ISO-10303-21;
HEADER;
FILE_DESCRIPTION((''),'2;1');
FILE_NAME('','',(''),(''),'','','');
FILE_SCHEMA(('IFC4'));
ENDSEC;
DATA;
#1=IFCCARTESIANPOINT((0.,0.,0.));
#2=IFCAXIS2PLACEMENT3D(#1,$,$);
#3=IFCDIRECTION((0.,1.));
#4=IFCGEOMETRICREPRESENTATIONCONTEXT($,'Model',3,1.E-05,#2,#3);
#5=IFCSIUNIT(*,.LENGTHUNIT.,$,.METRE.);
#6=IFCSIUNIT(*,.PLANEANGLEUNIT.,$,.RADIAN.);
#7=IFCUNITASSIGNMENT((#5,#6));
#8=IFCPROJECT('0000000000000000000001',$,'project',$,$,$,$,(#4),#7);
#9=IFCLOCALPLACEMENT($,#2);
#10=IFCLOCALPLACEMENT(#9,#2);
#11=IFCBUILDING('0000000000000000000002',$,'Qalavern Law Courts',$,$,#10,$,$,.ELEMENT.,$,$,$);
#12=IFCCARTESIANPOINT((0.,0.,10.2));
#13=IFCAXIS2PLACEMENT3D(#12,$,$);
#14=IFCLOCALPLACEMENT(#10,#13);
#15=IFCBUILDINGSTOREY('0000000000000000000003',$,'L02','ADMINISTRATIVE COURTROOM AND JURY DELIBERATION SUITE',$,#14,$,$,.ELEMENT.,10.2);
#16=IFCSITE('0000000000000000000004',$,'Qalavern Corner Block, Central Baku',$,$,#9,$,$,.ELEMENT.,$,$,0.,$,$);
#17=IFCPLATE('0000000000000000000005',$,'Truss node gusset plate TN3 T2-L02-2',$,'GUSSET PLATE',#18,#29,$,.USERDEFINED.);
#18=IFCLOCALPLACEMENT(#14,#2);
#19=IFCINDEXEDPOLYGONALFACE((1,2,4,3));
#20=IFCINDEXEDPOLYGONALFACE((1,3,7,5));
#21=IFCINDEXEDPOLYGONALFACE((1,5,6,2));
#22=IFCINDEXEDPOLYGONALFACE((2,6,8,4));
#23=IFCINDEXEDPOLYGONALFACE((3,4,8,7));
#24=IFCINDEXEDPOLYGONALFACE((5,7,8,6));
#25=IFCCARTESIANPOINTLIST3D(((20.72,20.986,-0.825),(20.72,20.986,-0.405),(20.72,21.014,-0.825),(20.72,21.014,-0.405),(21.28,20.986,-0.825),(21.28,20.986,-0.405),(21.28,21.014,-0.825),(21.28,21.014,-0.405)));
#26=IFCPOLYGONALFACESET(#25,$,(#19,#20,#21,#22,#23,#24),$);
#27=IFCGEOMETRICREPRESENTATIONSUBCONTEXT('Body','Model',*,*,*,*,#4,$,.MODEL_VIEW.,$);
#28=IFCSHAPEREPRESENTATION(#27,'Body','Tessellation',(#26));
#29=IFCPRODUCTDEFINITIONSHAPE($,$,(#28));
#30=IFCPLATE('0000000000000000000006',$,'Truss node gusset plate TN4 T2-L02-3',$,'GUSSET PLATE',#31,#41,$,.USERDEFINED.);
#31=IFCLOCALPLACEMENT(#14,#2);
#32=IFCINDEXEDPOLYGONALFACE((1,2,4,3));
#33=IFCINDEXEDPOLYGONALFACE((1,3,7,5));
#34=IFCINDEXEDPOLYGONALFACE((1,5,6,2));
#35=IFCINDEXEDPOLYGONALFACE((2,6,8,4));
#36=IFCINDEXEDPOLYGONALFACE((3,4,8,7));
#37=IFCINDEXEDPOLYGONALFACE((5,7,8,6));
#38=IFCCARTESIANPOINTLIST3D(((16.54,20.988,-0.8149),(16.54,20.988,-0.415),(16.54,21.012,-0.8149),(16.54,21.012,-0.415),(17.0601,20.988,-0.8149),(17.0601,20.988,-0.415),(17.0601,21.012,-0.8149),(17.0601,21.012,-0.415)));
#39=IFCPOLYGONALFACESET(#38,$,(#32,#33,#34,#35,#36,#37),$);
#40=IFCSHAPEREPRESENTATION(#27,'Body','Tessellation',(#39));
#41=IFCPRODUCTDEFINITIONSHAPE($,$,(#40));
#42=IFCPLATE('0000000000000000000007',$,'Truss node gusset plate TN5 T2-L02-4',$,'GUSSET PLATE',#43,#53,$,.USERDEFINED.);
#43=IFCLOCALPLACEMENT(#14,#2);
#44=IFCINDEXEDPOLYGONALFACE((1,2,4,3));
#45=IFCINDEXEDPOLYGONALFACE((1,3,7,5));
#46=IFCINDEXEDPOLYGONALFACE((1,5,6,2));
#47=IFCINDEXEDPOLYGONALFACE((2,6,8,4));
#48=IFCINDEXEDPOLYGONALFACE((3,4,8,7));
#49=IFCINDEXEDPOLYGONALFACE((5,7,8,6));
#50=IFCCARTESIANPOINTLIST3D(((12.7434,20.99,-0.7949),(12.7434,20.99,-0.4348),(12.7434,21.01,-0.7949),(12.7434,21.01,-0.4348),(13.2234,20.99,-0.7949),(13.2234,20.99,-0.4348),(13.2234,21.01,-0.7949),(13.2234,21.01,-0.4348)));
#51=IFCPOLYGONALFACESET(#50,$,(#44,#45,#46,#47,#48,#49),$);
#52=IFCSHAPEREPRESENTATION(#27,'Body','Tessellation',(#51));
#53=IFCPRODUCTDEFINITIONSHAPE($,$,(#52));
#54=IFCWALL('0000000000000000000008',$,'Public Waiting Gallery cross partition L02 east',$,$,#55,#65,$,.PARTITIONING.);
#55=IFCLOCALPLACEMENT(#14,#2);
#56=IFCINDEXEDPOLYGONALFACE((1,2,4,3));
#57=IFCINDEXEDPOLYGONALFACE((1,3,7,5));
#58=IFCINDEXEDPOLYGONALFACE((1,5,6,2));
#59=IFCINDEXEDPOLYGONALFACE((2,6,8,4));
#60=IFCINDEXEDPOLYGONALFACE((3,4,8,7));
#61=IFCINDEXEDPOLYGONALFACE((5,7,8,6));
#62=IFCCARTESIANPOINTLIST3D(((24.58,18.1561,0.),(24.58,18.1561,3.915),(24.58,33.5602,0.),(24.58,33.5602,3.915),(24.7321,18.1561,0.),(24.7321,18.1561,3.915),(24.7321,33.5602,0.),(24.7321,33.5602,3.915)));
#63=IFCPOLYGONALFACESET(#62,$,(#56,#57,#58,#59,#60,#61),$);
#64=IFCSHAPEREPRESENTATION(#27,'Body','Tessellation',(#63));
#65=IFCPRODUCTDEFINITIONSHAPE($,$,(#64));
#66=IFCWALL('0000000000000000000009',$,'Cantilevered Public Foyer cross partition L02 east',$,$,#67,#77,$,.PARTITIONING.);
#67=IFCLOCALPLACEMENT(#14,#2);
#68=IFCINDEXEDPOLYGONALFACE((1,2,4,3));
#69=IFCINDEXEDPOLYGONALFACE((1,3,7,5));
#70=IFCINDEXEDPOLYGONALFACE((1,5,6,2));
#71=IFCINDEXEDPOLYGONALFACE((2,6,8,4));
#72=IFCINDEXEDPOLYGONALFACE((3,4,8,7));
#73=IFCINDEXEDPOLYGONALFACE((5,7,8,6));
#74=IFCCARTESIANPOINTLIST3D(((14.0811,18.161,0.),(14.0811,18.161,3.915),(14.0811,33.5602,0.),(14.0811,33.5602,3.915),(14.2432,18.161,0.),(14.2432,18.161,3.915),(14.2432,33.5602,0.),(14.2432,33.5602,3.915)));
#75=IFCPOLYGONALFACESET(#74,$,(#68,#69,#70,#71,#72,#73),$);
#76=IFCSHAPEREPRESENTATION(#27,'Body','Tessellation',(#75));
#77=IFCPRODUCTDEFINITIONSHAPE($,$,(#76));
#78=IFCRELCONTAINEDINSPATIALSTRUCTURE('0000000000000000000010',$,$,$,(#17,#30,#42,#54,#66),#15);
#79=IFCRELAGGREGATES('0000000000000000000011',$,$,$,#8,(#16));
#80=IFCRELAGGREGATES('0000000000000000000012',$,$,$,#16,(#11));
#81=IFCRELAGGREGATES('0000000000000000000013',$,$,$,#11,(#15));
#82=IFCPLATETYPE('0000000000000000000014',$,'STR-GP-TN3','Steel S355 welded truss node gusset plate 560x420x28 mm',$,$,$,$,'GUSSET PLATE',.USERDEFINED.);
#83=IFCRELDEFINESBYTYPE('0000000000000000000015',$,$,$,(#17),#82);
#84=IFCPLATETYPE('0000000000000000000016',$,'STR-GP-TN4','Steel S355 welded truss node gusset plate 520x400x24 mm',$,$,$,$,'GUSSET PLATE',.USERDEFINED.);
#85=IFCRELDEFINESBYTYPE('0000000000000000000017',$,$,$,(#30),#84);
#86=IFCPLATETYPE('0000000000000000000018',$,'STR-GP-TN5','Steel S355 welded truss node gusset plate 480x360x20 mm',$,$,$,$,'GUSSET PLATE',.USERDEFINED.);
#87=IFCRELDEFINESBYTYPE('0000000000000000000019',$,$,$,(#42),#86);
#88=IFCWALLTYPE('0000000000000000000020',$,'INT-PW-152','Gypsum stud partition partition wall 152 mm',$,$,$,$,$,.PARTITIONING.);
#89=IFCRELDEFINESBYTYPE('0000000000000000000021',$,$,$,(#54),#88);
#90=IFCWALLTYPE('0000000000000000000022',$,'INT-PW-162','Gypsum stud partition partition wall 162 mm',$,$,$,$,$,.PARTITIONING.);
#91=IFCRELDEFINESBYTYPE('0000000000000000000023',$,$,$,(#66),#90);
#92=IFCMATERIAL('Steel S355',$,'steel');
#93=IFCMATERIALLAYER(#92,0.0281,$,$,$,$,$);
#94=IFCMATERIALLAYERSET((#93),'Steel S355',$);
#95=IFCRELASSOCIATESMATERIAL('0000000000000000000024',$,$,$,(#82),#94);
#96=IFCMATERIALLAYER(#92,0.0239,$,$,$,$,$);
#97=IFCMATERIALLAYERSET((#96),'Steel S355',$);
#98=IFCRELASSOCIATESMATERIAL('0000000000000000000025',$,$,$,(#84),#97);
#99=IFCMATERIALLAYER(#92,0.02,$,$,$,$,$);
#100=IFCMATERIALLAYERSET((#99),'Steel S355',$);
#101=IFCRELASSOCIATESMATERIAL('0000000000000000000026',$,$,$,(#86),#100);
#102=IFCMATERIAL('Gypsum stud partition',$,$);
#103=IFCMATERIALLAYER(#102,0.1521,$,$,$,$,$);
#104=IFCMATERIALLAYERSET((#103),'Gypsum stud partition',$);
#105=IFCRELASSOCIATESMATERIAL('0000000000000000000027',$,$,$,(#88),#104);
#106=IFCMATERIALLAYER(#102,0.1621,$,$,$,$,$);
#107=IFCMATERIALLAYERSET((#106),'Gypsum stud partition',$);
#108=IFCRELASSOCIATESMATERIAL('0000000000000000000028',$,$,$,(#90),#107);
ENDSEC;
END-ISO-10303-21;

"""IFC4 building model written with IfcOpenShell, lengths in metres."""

from ifc_helpers import new_model, si_unit, direction, frame, frame_2d, origin, origin_2d, place, context, subcontext, project, spatial, rectangle, extrude, material, layer, layer_set, type_object, element, save


model = new_model("IFC4")

# Units and contexts
model_context = context("Model", 3, precision=1e-05, world=origin(), true_north=direction((0.0, 1.0)))
body_context = subcontext(model_context, "Body", "Model", "MODEL_VIEW")
ifc_project = project(units=[si_unit("LENGTHUNIT", "METRE"), si_unit("PLANEANGLEUNIT", "RADIAN")], contexts=[model_context])

# Site, building, storey
site_placement = place(None, origin())
site = spatial("IfcSite", under=ifc_project, at=site_placement, Name="Qalavern Corner Block, Central Baku", CompositionType="ELEMENT", RefElevation=0.0)
building_placement = place(site_placement, origin())
building = spatial("IfcBuilding", under=site, at=building_placement, Name="Qalavern Law Courts", CompositionType="ELEMENT")
storey_placement = place(building_placement, frame((0.0, 0.0, 10.2)))
storey = spatial("IfcBuildingStorey", under=building, at=storey_placement, Name="L02", Description="ADMINISTRATIVE COURTROOM AND JURY DELIBERATION SUITE", CompositionType="ELEMENT", Elevation=10.2)

# Shared definitions
ifc_material_1 = material(Name="Steel S355", Category="steel")

# Plates
ifc_layer_1 = layer(ifc_material_1, 0.0281)
ifc_layer_set_1 = layer_set([ifc_layer_1], Name="Steel S355")
plate_type_1 = type_object("IfcPlateType", Name="STR-GP-TN3", Description="Steel S355 welded truss node gusset plate 560x420x28 mm", ElementType="GUSSET PLATE", PredefinedType="USERDEFINED", material=ifc_layer_set_1)
plate_1_placement = place(storey_placement, frame((21.0, 21.0, -0.825), z_axis=(0.0, 0.0, 1.0), x_axis=(1.0, 0.0, 0.0)))
element("IfcPlate", 1, at=plate_1_placement, inside=storey, type_object=plate_type_1, Name="Truss node gusset plate TN3 T2-L02-2", ObjectType="GUSSET PLATE", PredefinedType="USERDEFINED", context=body_context, shape_type="SweptSolid", body=[
    extrude(rectangle(XDim=0.5601, YDim=0.0281, at=origin_2d()), origin(), (0.0, 0.0, 1.0), 0.4199),
])
ifc_layer_2 = layer(ifc_material_1, 0.0239)
ifc_layer_set_2 = layer_set([ifc_layer_2], Name="Steel S355")
plate_type_2 = type_object("IfcPlateType", Name="STR-GP-TN4", Description="Steel S355 welded truss node gusset plate 520x400x24 mm", ElementType="GUSSET PLATE", PredefinedType="USERDEFINED", material=ifc_layer_set_2)
plate_2_placement = place(storey_placement, frame((16.8, 21.0, -0.8149), z_axis=(0.0, 0.0, 1.0), x_axis=(1.0, 0.0, 0.0)))
element("IfcPlate", 2, at=plate_2_placement, inside=storey, type_object=plate_type_2, Name="Truss node gusset plate TN4 T2-L02-3", ObjectType="GUSSET PLATE", PredefinedType="USERDEFINED", context=body_context, shape_type="SweptSolid", body=[
    extrude(rectangle(XDim=0.52, YDim=0.0239, at=origin_2d()), origin(), (0.0, 0.0, 1.0), 0.3999),
])
ifc_layer_3 = layer(ifc_material_1, 0.02)
ifc_layer_set_3 = layer_set([ifc_layer_3], Name="Steel S355")
plate_type_3 = type_object("IfcPlateType", Name="STR-GP-TN5", Description="Steel S355 welded truss node gusset plate 480x360x20 mm", ElementType="GUSSET PLATE", PredefinedType="USERDEFINED", material=ifc_layer_set_3)
plate_3_placement = place(storey_placement, frame((12.9834, 21.0, -0.7949), z_axis=(0.0, 0.0, 1.0), x_axis=(1.0, 0.0, 0.0)))
element("IfcPlate", 3, at=plate_3_placement, inside=storey, type_object=plate_type_3, Name="Truss node gusset plate TN5 T2-L02-4", ObjectType="GUSSET PLATE", PredefinedType="USERDEFINED", context=body_context, shape_type="SweptSolid", body=[
    extrude(rectangle(XDim=0.48, YDim=0.02, at=origin_2d()), origin(), (0.0, 0.0, 1.0), 0.3601),
])

# Walls
ifc_material_2 = material(Name="Gypsum stud partition")
ifc_layer_4 = layer(ifc_material_2, 0.1521)
ifc_layer_set_4 = layer_set([ifc_layer_4], Name="Gypsum stud partition")
wall_type_1 = type_object("IfcWallType", Name="INT-PW-152", Description="Gypsum stud partition partition wall 152 mm", PredefinedType="PARTITIONING", material=ifc_layer_set_4)
wall_1_placement = place(storey_placement, frame((24.656, 18.156, 0.0), z_axis=(0.0, 0.0, 1.0), x_axis=(0.0, 1.0, 0.0)))
element("IfcWall", 4, at=wall_1_placement, inside=storey, type_object=wall_type_1, Name="Public Waiting Gallery cross partition L02 east", PredefinedType="PARTITIONING", context=body_context, shape_type="SweptSolid", body=[
    extrude(rectangle(XDim=15.4041, YDim=0.1521, at=frame_2d((7.7021, 0.0))), origin(), (0.0, 0.0, 1.0), 3.915),
])
ifc_layer_5 = layer(ifc_material_2, 0.1621)
ifc_layer_set_5 = layer_set([ifc_layer_5], Name="Gypsum stud partition")
wall_type_2 = type_object("IfcWallType", Name="INT-PW-162", Description="Gypsum stud partition partition wall 162 mm", PredefinedType="PARTITIONING", material=ifc_layer_set_5)
wall_2_placement = place(storey_placement, frame((14.1621, 18.1609, 0.0), z_axis=(0.0, 0.0, 1.0), x_axis=(0.0, 1.0, 0.0)))
element("IfcWall", 5, at=wall_2_placement, inside=storey, type_object=wall_type_2, Name="Cantilevered Public Foyer cross partition L02 east", PredefinedType="PARTITIONING", context=body_context, shape_type="SweptSolid", body=[
    extrude(rectangle(XDim=15.3992, YDim=0.1621, at=frame_2d((7.6997, 0.0))), origin(), (0.0, 0.0, 1.0), 3.915),
])

save(model, "model.ifc")
